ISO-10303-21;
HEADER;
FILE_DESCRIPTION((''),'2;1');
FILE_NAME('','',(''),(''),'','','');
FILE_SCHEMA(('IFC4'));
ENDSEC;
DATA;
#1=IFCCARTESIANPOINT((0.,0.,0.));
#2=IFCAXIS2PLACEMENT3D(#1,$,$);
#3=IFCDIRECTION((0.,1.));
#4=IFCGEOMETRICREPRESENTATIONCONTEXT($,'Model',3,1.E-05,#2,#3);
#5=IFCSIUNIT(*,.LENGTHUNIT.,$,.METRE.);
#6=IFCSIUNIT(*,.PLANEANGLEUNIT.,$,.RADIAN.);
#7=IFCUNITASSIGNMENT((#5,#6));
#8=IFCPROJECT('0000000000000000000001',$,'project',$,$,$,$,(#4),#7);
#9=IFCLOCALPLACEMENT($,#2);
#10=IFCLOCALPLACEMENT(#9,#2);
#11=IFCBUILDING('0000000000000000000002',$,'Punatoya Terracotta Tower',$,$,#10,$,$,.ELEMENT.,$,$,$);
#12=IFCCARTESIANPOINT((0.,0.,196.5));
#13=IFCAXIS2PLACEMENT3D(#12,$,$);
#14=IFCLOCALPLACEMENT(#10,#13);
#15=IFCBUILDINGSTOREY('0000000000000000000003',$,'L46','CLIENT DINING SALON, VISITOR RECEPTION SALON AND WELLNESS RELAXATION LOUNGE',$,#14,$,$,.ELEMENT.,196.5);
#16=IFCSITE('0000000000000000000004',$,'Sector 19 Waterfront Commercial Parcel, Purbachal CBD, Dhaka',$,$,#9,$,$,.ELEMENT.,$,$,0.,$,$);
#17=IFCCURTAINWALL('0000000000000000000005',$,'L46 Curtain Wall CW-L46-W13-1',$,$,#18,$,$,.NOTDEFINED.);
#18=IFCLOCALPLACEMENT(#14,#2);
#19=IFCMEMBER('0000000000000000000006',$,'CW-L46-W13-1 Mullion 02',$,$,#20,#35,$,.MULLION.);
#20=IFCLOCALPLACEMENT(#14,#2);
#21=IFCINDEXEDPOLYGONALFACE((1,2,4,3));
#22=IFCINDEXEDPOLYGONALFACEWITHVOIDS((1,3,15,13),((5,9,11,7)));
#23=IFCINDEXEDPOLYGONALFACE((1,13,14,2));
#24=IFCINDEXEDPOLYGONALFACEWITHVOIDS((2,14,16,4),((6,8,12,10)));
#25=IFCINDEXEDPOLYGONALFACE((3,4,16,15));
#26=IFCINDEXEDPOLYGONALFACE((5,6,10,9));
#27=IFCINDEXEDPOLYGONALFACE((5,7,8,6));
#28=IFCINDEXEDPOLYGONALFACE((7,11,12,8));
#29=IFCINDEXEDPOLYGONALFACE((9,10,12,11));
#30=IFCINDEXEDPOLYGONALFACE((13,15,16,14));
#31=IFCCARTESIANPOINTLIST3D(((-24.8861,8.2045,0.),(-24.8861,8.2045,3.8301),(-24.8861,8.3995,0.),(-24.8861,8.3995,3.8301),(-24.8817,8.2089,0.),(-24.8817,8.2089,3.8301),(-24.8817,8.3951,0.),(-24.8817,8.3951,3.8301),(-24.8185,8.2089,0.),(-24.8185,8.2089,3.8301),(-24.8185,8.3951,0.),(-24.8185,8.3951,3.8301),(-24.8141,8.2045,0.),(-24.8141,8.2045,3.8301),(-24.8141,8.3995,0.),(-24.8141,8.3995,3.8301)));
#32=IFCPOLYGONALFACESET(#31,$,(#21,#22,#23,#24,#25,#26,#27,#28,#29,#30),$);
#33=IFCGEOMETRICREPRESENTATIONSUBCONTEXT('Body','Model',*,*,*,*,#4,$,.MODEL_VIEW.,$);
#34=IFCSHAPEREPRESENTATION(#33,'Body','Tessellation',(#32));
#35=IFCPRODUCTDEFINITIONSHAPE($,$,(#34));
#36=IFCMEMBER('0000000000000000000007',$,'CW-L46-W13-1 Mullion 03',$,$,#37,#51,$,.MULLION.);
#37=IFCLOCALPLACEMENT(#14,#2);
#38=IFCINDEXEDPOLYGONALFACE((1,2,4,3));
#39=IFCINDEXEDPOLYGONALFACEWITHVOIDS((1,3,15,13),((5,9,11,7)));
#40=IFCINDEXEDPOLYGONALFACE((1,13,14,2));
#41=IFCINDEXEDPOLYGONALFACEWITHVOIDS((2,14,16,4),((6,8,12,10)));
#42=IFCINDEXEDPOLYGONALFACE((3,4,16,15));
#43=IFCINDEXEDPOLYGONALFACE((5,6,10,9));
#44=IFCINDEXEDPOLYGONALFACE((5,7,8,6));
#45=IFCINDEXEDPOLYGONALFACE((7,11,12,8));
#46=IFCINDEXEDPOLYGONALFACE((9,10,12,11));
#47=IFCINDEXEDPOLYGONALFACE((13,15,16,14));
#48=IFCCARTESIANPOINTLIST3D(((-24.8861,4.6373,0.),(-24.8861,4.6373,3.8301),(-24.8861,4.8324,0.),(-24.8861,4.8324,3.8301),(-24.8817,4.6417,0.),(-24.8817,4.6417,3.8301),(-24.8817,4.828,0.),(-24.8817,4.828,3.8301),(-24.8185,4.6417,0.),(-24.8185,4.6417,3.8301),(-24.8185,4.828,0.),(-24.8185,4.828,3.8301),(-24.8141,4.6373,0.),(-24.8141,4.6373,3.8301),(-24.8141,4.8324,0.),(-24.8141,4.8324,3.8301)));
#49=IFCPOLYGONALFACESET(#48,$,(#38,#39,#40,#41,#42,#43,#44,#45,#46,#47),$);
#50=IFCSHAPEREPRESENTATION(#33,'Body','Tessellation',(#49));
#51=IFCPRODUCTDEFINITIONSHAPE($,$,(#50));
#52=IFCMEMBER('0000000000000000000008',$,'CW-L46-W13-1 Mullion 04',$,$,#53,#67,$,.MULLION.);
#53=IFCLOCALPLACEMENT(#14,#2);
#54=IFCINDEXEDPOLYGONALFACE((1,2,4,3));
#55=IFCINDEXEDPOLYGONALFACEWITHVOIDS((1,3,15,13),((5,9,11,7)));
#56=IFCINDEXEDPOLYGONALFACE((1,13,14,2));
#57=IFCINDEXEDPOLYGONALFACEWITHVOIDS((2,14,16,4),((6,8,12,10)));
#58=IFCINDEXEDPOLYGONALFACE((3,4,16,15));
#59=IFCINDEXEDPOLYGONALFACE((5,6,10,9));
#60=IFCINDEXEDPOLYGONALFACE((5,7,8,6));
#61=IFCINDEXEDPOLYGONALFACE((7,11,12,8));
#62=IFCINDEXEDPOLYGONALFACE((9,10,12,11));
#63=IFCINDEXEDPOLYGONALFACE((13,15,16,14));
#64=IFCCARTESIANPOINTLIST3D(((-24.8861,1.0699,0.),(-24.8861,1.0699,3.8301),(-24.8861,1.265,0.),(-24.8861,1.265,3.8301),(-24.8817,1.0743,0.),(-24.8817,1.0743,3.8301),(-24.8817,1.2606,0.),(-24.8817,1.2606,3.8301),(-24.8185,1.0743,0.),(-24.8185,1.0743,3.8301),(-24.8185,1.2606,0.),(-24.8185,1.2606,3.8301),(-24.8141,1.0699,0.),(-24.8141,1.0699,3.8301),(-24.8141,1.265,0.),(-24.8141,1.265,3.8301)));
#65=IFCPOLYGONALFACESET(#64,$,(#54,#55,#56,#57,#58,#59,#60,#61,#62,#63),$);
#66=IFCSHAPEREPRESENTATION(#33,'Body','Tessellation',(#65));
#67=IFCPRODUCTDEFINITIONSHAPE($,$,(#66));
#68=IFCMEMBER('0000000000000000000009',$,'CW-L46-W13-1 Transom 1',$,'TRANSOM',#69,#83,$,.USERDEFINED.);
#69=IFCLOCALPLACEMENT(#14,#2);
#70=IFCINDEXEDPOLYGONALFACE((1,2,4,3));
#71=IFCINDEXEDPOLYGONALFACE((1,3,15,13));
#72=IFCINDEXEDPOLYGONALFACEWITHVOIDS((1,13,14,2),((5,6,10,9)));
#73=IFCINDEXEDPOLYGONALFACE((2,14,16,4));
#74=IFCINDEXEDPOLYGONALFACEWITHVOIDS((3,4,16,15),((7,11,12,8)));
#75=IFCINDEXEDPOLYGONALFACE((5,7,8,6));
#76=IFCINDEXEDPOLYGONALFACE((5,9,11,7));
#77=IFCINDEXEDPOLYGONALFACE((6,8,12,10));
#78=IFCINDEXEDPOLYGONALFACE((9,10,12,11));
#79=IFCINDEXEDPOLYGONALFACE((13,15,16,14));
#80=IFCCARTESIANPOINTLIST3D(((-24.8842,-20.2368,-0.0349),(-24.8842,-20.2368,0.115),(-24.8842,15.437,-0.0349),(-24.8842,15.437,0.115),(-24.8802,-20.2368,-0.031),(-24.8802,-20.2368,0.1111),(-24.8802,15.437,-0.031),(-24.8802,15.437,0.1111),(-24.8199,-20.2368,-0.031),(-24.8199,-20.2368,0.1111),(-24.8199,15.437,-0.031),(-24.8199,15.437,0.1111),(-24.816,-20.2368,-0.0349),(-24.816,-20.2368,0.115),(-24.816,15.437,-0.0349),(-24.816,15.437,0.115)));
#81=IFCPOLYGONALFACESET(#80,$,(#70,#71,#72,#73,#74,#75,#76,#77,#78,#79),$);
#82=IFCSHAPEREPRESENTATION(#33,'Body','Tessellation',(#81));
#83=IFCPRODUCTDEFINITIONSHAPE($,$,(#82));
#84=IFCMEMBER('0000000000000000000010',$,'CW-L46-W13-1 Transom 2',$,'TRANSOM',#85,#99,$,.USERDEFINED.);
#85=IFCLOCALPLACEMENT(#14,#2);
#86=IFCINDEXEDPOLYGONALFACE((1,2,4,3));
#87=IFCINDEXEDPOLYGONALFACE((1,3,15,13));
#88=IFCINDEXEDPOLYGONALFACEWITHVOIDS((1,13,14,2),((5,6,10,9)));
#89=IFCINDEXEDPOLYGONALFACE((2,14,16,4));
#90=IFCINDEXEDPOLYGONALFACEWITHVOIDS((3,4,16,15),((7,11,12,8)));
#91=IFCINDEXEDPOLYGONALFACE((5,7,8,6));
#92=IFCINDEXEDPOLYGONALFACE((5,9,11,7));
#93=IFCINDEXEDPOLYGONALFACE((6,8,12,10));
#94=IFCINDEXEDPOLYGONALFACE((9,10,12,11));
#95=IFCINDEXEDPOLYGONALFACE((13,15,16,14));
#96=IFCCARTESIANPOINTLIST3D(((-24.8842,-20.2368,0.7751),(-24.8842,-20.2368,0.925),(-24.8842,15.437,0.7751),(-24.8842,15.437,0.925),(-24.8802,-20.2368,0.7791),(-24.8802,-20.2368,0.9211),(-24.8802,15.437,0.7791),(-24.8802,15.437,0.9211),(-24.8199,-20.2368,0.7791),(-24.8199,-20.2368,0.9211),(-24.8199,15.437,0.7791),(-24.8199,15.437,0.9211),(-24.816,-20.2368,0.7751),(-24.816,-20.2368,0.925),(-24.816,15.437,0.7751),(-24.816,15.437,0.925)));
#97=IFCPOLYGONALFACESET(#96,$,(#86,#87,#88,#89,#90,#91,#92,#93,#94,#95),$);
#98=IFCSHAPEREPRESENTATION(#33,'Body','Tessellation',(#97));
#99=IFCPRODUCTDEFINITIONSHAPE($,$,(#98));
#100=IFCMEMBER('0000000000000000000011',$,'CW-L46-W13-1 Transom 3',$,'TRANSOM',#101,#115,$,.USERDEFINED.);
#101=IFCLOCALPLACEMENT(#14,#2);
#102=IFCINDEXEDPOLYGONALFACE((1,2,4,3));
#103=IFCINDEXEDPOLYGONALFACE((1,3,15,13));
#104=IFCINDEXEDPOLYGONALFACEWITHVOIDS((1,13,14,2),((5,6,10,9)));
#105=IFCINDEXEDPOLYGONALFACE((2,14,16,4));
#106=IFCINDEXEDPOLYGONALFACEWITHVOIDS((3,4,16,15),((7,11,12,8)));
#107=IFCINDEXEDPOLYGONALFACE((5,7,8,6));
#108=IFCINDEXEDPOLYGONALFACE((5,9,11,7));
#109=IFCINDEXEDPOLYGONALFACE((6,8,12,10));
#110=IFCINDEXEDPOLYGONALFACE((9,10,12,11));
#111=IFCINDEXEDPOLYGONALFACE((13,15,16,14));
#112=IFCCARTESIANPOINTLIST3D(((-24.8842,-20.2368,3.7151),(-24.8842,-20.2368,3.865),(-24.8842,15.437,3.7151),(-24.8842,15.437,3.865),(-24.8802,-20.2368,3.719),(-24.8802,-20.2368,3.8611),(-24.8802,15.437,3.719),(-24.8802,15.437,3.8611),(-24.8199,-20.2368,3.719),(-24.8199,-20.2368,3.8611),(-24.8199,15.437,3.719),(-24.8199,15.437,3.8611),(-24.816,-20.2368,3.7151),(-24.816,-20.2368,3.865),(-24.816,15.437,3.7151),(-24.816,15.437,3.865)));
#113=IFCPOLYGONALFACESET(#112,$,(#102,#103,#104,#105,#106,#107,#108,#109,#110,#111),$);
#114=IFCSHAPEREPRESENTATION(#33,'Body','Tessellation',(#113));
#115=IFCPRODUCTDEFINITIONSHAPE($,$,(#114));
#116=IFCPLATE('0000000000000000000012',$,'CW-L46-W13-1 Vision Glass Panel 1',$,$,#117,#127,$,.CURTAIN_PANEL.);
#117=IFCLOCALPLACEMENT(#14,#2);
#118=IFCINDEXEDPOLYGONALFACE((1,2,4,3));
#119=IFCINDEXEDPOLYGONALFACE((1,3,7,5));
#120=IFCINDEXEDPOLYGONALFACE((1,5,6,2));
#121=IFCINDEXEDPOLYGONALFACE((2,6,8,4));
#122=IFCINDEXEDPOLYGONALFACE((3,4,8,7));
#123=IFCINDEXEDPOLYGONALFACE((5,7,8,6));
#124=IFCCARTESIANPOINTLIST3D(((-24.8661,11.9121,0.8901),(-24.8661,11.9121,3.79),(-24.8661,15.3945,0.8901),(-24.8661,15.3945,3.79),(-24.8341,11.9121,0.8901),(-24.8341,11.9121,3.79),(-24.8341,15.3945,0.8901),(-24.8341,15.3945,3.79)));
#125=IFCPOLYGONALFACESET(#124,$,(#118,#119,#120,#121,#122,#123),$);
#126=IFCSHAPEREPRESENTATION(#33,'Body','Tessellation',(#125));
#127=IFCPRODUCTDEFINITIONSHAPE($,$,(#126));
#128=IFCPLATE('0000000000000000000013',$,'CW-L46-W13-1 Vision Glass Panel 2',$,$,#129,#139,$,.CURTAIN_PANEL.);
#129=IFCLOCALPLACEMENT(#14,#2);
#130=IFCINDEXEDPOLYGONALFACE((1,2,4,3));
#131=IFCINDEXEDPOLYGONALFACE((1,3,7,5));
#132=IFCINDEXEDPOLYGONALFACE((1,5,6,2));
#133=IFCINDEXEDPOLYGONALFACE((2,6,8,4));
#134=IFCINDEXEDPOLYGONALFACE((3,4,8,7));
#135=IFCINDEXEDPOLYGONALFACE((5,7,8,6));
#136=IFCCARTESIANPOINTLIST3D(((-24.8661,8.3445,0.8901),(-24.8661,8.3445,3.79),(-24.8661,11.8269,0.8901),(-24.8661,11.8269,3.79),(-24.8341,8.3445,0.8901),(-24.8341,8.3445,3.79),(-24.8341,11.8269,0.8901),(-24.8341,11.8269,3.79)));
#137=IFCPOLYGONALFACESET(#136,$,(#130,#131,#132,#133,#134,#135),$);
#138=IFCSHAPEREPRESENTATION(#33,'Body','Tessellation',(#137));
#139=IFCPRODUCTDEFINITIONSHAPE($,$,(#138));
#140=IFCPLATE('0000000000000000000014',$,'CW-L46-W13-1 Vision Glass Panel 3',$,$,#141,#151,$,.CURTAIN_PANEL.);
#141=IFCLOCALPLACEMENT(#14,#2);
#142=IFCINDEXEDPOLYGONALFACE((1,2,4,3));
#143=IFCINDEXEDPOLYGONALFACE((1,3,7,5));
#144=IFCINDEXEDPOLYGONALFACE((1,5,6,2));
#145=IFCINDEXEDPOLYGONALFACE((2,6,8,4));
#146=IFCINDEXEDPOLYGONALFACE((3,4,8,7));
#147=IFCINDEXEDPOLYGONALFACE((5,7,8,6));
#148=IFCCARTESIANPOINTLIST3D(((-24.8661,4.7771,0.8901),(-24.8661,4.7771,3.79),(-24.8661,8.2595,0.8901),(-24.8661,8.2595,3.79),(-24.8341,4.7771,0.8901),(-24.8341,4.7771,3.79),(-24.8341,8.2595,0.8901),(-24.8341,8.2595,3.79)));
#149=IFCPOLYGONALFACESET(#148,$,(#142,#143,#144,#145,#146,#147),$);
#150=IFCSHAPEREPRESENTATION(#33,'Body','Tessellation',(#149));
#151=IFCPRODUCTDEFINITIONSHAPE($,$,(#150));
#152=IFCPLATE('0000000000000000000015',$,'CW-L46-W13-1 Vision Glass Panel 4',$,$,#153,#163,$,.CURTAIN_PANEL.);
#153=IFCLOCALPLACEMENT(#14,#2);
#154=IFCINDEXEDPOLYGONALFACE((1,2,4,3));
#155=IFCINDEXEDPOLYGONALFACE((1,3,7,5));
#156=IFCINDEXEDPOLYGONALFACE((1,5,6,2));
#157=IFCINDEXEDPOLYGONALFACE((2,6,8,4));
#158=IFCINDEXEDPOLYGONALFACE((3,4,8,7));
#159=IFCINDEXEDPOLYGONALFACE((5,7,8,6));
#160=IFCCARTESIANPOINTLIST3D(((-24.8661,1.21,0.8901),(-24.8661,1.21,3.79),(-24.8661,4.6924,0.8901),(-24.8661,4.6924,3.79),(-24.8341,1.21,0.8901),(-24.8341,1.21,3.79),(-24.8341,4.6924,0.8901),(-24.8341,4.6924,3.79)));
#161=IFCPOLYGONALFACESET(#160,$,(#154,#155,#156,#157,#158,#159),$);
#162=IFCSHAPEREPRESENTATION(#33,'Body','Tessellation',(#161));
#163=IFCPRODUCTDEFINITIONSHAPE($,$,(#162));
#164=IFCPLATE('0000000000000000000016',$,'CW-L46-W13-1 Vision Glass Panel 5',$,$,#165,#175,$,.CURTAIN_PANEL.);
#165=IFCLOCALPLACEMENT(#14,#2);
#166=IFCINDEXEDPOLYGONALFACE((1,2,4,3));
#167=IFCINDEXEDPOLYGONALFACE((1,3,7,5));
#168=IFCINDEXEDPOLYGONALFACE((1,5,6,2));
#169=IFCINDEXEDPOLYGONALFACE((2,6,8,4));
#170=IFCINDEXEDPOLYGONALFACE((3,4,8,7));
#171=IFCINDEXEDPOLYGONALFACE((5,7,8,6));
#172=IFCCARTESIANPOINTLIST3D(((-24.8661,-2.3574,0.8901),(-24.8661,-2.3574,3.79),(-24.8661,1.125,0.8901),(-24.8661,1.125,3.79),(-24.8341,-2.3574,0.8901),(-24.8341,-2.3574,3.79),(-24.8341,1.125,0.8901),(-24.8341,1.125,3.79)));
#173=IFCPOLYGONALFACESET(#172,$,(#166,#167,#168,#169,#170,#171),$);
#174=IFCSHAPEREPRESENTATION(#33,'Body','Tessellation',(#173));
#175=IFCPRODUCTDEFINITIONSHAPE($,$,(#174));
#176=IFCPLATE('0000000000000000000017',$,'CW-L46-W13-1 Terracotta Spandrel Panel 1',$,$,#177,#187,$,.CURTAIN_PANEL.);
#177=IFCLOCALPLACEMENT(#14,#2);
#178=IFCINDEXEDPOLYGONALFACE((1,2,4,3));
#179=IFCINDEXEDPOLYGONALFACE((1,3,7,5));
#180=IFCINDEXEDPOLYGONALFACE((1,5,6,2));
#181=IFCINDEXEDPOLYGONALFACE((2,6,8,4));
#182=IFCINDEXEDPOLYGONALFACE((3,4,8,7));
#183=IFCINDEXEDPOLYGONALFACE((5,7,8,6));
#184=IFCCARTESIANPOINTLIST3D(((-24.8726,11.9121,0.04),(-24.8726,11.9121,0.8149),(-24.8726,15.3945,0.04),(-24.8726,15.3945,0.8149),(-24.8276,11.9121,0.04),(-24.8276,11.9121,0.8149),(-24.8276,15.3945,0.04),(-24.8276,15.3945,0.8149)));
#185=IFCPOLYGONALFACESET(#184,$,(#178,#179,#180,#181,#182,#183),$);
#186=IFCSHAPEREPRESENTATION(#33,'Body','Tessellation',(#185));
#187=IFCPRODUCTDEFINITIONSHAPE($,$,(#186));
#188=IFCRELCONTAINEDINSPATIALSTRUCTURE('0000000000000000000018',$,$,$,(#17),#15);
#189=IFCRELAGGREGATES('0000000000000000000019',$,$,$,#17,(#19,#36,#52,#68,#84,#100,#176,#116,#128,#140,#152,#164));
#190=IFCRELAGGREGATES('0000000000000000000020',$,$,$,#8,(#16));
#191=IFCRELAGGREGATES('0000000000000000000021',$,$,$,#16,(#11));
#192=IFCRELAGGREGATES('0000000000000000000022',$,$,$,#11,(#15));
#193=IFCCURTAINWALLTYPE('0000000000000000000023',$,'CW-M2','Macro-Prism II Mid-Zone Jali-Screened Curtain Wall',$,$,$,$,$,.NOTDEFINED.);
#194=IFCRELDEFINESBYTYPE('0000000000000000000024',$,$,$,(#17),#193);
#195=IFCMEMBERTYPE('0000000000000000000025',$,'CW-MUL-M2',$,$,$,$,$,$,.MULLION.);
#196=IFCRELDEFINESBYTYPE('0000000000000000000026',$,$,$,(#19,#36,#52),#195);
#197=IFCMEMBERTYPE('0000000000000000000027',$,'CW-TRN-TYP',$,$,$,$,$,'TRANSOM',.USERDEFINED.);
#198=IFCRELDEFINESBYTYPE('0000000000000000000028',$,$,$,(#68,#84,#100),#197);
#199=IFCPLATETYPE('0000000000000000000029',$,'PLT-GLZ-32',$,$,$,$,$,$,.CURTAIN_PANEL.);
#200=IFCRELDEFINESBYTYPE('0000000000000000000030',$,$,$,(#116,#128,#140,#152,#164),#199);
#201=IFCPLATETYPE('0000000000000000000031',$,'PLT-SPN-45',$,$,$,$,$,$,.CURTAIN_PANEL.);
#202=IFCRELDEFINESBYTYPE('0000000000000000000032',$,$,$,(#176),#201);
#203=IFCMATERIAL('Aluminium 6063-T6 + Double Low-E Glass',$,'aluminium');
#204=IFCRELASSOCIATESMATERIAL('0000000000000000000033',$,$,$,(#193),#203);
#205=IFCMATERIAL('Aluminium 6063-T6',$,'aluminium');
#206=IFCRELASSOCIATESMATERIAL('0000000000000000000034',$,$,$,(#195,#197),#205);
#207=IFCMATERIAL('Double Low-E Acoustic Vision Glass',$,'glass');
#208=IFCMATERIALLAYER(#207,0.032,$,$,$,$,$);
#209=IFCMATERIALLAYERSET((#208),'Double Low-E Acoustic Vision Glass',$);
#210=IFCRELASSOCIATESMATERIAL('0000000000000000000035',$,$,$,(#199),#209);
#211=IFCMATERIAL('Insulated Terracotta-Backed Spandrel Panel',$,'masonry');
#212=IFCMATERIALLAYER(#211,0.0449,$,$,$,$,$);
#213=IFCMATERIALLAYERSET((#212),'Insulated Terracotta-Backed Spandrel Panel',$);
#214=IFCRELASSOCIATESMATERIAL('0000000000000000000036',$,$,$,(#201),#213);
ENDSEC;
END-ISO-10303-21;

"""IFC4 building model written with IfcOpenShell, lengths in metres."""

from ifc_helpers import new_model, si_unit, direction, frame, origin, origin_2d, place, context, subcontext, project, spatial, rectangle, hollow_rectangle, extrude, material, layer, layer_set, material_profile, profile_set, type_object, element, aggregate, save


model = new_model("IFC4")

# Units and contexts
model_context = context("Model", 3, precision=1e-05, world=origin(), true_north=direction((0.0, 1.0)))
body_context = subcontext(model_context, "Body", "Model", "MODEL_VIEW")
ifc_project = project(units=[si_unit("LENGTHUNIT", "METRE"), si_unit("PLANEANGLEUNIT", "RADIAN")], contexts=[model_context])

# Site, building, storey
site_placement = place(None, origin())
site = spatial("IfcSite", under=ifc_project, at=site_placement, Name="Sector 19 Waterfront Commercial Parcel, Purbachal CBD, Dhaka", CompositionType="ELEMENT", RefElevation=0.0)
building_placement = place(site_placement, origin())
building = spatial("IfcBuilding", under=site, at=building_placement, Name="Punatoya Terracotta Tower", CompositionType="ELEMENT")
storey_placement = place(building_placement, frame((0.0, 0.0, 196.5)))
storey = spatial("IfcBuildingStorey", under=building, at=storey_placement, Name="L46", Description="CLIENT DINING SALON, VISITOR RECEPTION SALON AND WELLNESS RELAXATION LOUNGE", CompositionType="ELEMENT", Elevation=196.5)

# Curtain wall, members, plates
ifc_material_1 = material(Name="Aluminium 6063-T6 + Double Low-E Glass", Category="aluminium")
curtain_wall_type = type_object("IfcCurtainWallType", Name="CW-M2", Description="Macro-Prism II Mid-Zone Jali-Screened Curtain Wall", PredefinedType="NOTDEFINED", material=ifc_material_1)
curtain_wall_placement = place(storey_placement, origin())
curtain_wall = element("IfcCurtainWall", 1, at=curtain_wall_placement, inside=storey, type_object=curtain_wall_type, Name="L46 Curtain Wall CW-L46-W13-1", PredefinedType="NOTDEFINED")
ifc_material_2 = material(Name="Aluminium 6063-T6", Category="aluminium")
ifc_material_profile_1 = material_profile(ifc_material_2, hollow_rectangle(XDim=0.072, YDim=0.1951, WallThickness=0.0044, at=origin_2d()))
ifc_profile_set_1 = profile_set([ifc_material_profile_1], Name="Aluminium 6063-T6")
member_type_1 = type_object("IfcMemberType", Name="CW-MUL-M2", PredefinedType="MULLION", material=ifc_profile_set_1)
member_1_placement = place(storey_placement, frame((-24.8501, 8.302, 0.0), z_axis=(0.0, 0.0, 1.0), x_axis=(1.0, 0.0, 0.0)))
member_1 = element("IfcMember", 2, at=member_1_placement, type_object=member_type_1, Name="CW-L46-W13-1 Mullion 02", PredefinedType="MULLION", context=body_context, shape_type="SweptSolid", body=[
    extrude(hollow_rectangle(XDim=0.072, YDim=0.1951, WallThickness=0.0044, at=origin_2d()), origin(), (0.0, 0.0, 1.0), 3.8301),
])
member_2_placement = place(storey_placement, frame((-24.8501, 4.7349, 0.0), z_axis=(0.0, 0.0, 1.0), x_axis=(1.0, 0.0, 0.0)))
member_2 = element("IfcMember", 3, at=member_2_placement, type_object=member_type_1, Name="CW-L46-W13-1 Mullion 03", PredefinedType="MULLION", context=body_context, shape_type="SweptSolid", body=[
    extrude(hollow_rectangle(XDim=0.072, YDim=0.1951, WallThickness=0.0044, at=origin_2d()), origin(), (0.0, 0.0, 1.0), 3.8301),
])
member_3_placement = place(storey_placement, frame((-24.8501, 1.1675, 0.0), z_axis=(0.0, 0.0, 1.0), x_axis=(1.0, 0.0, 0.0)))
member_3 = element("IfcMember", 4, at=member_3_placement, type_object=member_type_1, Name="CW-L46-W13-1 Mullion 04", PredefinedType="MULLION", context=body_context, shape_type="SweptSolid", body=[
    extrude(hollow_rectangle(XDim=0.072, YDim=0.1951, WallThickness=0.0044, at=origin_2d()), origin(), (0.0, 0.0, 1.0), 3.8301),
])
ifc_material_profile_2 = material_profile(ifc_material_2, hollow_rectangle(XDim=0.0681, YDim=0.1499, WallThickness=0.0039, at=origin_2d()))
ifc_profile_set_2 = profile_set([ifc_material_profile_2], Name="Aluminium 6063-T6")
member_type_2 = type_object("IfcMemberType", Name="CW-TRN-TYP", ElementType="TRANSOM", PredefinedType="USERDEFINED", material=ifc_profile_set_2)
member_4_placement = place(storey_placement, frame((-24.8501, 15.437, 0.04), z_axis=(0.0, -1.0, 0.0), x_axis=(1.0, 0.0, 0.0)))
member_4 = element("IfcMember", 5, at=member_4_placement, type_object=member_type_2, Name="CW-L46-W13-1 Transom 1", ObjectType="TRANSOM", PredefinedType="USERDEFINED", context=body_context, shape_type="SweptSolid", body=[
    extrude(hollow_rectangle(XDim=0.0681, YDim=0.1499, WallThickness=0.0039, at=origin_2d()), origin(), (0.0, 0.0, 1.0), 35.6738),
])
member_5_placement = place(storey_placement, frame((-24.8501, 15.437, 0.8501), z_axis=(0.0, -1.0, 0.0), x_axis=(1.0, 0.0, 0.0)))
member_5 = element("IfcMember", 6, at=member_5_placement, type_object=member_type_2, Name="CW-L46-W13-1 Transom 2", ObjectType="TRANSOM", PredefinedType="USERDEFINED", context=body_context, shape_type="SweptSolid", body=[
    extrude(hollow_rectangle(XDim=0.0681, YDim=0.1499, WallThickness=0.0039, at=origin_2d()), origin(), (0.0, 0.0, 1.0), 35.6738),
])
member_6_placement = place(storey_placement, frame((-24.8501, 15.437, 3.79), z_axis=(0.0, -1.0, 0.0), x_axis=(1.0, 0.0, 0.0)))
member_6 = element("IfcMember", 7, at=member_6_placement, type_object=member_type_2, Name="CW-L46-W13-1 Transom 3", ObjectType="TRANSOM", PredefinedType="USERDEFINED", context=body_context, shape_type="SweptSolid", body=[
    extrude(hollow_rectangle(XDim=0.0681, YDim=0.1499, WallThickness=0.0039, at=origin_2d()), origin(), (0.0, 0.0, 1.0), 35.6738),
])
ifc_material_3 = material(Name="Double Low-E Acoustic Vision Glass", Category="glass")
ifc_layer_1 = layer(ifc_material_3, 0.032)
ifc_layer_set_1 = layer_set([ifc_layer_1], Name="Double Low-E Acoustic Vision Glass")
plate_type_1 = type_object("IfcPlateType", Name="PLT-GLZ-32", PredefinedType="CURTAIN_PANEL", material=ifc_layer_set_1)
plate_1_placement = place(storey_placement, frame((-24.8501, 13.6533, 0.8901), z_axis=(0.0, 0.0, 1.0), x_axis=(0.0, -1.0, 0.0)))
plate_1 = element("IfcPlate", 8, at=plate_1_placement, type_object=plate_type_1, Name="CW-L46-W13-1 Vision Glass Panel 1", PredefinedType="CURTAIN_PANEL", context=body_context, shape_type="SweptSolid", body=[
    extrude(rectangle(XDim=3.4824, YDim=0.032, at=origin_2d()), origin(), (0.0, 0.0, 1.0), 2.8999),
])
plate_2_placement = place(storey_placement, frame((-24.8501, 10.0857, 0.8901), z_axis=(0.0, 0.0, 1.0), x_axis=(0.0, -1.0, 0.0)))
plate_2 = element("IfcPlate", 9, at=plate_2_placement, type_object=plate_type_1, Name="CW-L46-W13-1 Vision Glass Panel 2", PredefinedType="CURTAIN_PANEL", context=body_context, shape_type="SweptSolid", body=[
    extrude(rectangle(XDim=3.4824, YDim=0.032, at=origin_2d()), origin(), (0.0, 0.0, 1.0), 2.8999),
])
plate_3_placement = place(storey_placement, frame((-24.8501, 6.5183, 0.8901), z_axis=(0.0, 0.0, 1.0), x_axis=(0.0, -1.0, 0.0)))
plate_3 = element("IfcPlate", 10, at=plate_3_placement, type_object=plate_type_1, Name="CW-L46-W13-1 Vision Glass Panel 3", PredefinedType="CURTAIN_PANEL", context=body_context, shape_type="SweptSolid", body=[
    extrude(rectangle(XDim=3.4824, YDim=0.032, at=origin_2d()), origin(), (0.0, 0.0, 1.0), 2.8999),
])
plate_4_placement = place(storey_placement, frame((-24.8501, 2.9512, 0.8901), z_axis=(0.0, 0.0, 1.0), x_axis=(0.0, -1.0, 0.0)))
plate_4 = element("IfcPlate", 11, at=plate_4_placement, type_object=plate_type_1, Name="CW-L46-W13-1 Vision Glass Panel 4", PredefinedType="CURTAIN_PANEL", context=body_context, shape_type="SweptSolid", body=[
    extrude(rectangle(XDim=3.4824, YDim=0.032, at=origin_2d()), origin(), (0.0, 0.0, 1.0), 2.8999),
])
plate_5_placement = place(storey_placement, frame((-24.8501, -0.6162, 0.8901), z_axis=(0.0, 0.0, 1.0), x_axis=(0.0, -1.0, 0.0)))
plate_5 = element("IfcPlate", 12, at=plate_5_placement, type_object=plate_type_1, Name="CW-L46-W13-1 Vision Glass Panel 5", PredefinedType="CURTAIN_PANEL", context=body_context, shape_type="SweptSolid", body=[
    extrude(rectangle(XDim=3.4824, YDim=0.032, at=origin_2d()), origin(), (0.0, 0.0, 1.0), 2.8999),
])
ifc_material_4 = material(Name="Insulated Terracotta-Backed Spandrel Panel", Category="masonry")
ifc_layer_2 = layer(ifc_material_4, 0.0449)
ifc_layer_set_2 = layer_set([ifc_layer_2], Name="Insulated Terracotta-Backed Spandrel Panel")
plate_type_2 = type_object("IfcPlateType", Name="PLT-SPN-45", PredefinedType="CURTAIN_PANEL", material=ifc_layer_set_2)
plate_6_placement = place(storey_placement, frame((-24.8501, 13.6533, 0.04), z_axis=(0.0, 0.0, 1.0), x_axis=(0.0, -1.0, 0.0)))
plate_6 = element("IfcPlate", 13, at=plate_6_placement, type_object=plate_type_2, Name="CW-L46-W13-1 Terracotta Spandrel Panel 1", PredefinedType="CURTAIN_PANEL", context=body_context, shape_type="SweptSolid", body=[
    extrude(rectangle(XDim=3.4824, YDim=0.0449, at=origin_2d()), origin(), (0.0, 0.0, 1.0), 0.7749),
])
aggregate(curtain_wall, [member_1, member_2, member_3, member_4, member_5, member_6, plate_6, plate_1, plate_2, plate_3, plate_4, plate_5])

save(model, "model.ifc")
